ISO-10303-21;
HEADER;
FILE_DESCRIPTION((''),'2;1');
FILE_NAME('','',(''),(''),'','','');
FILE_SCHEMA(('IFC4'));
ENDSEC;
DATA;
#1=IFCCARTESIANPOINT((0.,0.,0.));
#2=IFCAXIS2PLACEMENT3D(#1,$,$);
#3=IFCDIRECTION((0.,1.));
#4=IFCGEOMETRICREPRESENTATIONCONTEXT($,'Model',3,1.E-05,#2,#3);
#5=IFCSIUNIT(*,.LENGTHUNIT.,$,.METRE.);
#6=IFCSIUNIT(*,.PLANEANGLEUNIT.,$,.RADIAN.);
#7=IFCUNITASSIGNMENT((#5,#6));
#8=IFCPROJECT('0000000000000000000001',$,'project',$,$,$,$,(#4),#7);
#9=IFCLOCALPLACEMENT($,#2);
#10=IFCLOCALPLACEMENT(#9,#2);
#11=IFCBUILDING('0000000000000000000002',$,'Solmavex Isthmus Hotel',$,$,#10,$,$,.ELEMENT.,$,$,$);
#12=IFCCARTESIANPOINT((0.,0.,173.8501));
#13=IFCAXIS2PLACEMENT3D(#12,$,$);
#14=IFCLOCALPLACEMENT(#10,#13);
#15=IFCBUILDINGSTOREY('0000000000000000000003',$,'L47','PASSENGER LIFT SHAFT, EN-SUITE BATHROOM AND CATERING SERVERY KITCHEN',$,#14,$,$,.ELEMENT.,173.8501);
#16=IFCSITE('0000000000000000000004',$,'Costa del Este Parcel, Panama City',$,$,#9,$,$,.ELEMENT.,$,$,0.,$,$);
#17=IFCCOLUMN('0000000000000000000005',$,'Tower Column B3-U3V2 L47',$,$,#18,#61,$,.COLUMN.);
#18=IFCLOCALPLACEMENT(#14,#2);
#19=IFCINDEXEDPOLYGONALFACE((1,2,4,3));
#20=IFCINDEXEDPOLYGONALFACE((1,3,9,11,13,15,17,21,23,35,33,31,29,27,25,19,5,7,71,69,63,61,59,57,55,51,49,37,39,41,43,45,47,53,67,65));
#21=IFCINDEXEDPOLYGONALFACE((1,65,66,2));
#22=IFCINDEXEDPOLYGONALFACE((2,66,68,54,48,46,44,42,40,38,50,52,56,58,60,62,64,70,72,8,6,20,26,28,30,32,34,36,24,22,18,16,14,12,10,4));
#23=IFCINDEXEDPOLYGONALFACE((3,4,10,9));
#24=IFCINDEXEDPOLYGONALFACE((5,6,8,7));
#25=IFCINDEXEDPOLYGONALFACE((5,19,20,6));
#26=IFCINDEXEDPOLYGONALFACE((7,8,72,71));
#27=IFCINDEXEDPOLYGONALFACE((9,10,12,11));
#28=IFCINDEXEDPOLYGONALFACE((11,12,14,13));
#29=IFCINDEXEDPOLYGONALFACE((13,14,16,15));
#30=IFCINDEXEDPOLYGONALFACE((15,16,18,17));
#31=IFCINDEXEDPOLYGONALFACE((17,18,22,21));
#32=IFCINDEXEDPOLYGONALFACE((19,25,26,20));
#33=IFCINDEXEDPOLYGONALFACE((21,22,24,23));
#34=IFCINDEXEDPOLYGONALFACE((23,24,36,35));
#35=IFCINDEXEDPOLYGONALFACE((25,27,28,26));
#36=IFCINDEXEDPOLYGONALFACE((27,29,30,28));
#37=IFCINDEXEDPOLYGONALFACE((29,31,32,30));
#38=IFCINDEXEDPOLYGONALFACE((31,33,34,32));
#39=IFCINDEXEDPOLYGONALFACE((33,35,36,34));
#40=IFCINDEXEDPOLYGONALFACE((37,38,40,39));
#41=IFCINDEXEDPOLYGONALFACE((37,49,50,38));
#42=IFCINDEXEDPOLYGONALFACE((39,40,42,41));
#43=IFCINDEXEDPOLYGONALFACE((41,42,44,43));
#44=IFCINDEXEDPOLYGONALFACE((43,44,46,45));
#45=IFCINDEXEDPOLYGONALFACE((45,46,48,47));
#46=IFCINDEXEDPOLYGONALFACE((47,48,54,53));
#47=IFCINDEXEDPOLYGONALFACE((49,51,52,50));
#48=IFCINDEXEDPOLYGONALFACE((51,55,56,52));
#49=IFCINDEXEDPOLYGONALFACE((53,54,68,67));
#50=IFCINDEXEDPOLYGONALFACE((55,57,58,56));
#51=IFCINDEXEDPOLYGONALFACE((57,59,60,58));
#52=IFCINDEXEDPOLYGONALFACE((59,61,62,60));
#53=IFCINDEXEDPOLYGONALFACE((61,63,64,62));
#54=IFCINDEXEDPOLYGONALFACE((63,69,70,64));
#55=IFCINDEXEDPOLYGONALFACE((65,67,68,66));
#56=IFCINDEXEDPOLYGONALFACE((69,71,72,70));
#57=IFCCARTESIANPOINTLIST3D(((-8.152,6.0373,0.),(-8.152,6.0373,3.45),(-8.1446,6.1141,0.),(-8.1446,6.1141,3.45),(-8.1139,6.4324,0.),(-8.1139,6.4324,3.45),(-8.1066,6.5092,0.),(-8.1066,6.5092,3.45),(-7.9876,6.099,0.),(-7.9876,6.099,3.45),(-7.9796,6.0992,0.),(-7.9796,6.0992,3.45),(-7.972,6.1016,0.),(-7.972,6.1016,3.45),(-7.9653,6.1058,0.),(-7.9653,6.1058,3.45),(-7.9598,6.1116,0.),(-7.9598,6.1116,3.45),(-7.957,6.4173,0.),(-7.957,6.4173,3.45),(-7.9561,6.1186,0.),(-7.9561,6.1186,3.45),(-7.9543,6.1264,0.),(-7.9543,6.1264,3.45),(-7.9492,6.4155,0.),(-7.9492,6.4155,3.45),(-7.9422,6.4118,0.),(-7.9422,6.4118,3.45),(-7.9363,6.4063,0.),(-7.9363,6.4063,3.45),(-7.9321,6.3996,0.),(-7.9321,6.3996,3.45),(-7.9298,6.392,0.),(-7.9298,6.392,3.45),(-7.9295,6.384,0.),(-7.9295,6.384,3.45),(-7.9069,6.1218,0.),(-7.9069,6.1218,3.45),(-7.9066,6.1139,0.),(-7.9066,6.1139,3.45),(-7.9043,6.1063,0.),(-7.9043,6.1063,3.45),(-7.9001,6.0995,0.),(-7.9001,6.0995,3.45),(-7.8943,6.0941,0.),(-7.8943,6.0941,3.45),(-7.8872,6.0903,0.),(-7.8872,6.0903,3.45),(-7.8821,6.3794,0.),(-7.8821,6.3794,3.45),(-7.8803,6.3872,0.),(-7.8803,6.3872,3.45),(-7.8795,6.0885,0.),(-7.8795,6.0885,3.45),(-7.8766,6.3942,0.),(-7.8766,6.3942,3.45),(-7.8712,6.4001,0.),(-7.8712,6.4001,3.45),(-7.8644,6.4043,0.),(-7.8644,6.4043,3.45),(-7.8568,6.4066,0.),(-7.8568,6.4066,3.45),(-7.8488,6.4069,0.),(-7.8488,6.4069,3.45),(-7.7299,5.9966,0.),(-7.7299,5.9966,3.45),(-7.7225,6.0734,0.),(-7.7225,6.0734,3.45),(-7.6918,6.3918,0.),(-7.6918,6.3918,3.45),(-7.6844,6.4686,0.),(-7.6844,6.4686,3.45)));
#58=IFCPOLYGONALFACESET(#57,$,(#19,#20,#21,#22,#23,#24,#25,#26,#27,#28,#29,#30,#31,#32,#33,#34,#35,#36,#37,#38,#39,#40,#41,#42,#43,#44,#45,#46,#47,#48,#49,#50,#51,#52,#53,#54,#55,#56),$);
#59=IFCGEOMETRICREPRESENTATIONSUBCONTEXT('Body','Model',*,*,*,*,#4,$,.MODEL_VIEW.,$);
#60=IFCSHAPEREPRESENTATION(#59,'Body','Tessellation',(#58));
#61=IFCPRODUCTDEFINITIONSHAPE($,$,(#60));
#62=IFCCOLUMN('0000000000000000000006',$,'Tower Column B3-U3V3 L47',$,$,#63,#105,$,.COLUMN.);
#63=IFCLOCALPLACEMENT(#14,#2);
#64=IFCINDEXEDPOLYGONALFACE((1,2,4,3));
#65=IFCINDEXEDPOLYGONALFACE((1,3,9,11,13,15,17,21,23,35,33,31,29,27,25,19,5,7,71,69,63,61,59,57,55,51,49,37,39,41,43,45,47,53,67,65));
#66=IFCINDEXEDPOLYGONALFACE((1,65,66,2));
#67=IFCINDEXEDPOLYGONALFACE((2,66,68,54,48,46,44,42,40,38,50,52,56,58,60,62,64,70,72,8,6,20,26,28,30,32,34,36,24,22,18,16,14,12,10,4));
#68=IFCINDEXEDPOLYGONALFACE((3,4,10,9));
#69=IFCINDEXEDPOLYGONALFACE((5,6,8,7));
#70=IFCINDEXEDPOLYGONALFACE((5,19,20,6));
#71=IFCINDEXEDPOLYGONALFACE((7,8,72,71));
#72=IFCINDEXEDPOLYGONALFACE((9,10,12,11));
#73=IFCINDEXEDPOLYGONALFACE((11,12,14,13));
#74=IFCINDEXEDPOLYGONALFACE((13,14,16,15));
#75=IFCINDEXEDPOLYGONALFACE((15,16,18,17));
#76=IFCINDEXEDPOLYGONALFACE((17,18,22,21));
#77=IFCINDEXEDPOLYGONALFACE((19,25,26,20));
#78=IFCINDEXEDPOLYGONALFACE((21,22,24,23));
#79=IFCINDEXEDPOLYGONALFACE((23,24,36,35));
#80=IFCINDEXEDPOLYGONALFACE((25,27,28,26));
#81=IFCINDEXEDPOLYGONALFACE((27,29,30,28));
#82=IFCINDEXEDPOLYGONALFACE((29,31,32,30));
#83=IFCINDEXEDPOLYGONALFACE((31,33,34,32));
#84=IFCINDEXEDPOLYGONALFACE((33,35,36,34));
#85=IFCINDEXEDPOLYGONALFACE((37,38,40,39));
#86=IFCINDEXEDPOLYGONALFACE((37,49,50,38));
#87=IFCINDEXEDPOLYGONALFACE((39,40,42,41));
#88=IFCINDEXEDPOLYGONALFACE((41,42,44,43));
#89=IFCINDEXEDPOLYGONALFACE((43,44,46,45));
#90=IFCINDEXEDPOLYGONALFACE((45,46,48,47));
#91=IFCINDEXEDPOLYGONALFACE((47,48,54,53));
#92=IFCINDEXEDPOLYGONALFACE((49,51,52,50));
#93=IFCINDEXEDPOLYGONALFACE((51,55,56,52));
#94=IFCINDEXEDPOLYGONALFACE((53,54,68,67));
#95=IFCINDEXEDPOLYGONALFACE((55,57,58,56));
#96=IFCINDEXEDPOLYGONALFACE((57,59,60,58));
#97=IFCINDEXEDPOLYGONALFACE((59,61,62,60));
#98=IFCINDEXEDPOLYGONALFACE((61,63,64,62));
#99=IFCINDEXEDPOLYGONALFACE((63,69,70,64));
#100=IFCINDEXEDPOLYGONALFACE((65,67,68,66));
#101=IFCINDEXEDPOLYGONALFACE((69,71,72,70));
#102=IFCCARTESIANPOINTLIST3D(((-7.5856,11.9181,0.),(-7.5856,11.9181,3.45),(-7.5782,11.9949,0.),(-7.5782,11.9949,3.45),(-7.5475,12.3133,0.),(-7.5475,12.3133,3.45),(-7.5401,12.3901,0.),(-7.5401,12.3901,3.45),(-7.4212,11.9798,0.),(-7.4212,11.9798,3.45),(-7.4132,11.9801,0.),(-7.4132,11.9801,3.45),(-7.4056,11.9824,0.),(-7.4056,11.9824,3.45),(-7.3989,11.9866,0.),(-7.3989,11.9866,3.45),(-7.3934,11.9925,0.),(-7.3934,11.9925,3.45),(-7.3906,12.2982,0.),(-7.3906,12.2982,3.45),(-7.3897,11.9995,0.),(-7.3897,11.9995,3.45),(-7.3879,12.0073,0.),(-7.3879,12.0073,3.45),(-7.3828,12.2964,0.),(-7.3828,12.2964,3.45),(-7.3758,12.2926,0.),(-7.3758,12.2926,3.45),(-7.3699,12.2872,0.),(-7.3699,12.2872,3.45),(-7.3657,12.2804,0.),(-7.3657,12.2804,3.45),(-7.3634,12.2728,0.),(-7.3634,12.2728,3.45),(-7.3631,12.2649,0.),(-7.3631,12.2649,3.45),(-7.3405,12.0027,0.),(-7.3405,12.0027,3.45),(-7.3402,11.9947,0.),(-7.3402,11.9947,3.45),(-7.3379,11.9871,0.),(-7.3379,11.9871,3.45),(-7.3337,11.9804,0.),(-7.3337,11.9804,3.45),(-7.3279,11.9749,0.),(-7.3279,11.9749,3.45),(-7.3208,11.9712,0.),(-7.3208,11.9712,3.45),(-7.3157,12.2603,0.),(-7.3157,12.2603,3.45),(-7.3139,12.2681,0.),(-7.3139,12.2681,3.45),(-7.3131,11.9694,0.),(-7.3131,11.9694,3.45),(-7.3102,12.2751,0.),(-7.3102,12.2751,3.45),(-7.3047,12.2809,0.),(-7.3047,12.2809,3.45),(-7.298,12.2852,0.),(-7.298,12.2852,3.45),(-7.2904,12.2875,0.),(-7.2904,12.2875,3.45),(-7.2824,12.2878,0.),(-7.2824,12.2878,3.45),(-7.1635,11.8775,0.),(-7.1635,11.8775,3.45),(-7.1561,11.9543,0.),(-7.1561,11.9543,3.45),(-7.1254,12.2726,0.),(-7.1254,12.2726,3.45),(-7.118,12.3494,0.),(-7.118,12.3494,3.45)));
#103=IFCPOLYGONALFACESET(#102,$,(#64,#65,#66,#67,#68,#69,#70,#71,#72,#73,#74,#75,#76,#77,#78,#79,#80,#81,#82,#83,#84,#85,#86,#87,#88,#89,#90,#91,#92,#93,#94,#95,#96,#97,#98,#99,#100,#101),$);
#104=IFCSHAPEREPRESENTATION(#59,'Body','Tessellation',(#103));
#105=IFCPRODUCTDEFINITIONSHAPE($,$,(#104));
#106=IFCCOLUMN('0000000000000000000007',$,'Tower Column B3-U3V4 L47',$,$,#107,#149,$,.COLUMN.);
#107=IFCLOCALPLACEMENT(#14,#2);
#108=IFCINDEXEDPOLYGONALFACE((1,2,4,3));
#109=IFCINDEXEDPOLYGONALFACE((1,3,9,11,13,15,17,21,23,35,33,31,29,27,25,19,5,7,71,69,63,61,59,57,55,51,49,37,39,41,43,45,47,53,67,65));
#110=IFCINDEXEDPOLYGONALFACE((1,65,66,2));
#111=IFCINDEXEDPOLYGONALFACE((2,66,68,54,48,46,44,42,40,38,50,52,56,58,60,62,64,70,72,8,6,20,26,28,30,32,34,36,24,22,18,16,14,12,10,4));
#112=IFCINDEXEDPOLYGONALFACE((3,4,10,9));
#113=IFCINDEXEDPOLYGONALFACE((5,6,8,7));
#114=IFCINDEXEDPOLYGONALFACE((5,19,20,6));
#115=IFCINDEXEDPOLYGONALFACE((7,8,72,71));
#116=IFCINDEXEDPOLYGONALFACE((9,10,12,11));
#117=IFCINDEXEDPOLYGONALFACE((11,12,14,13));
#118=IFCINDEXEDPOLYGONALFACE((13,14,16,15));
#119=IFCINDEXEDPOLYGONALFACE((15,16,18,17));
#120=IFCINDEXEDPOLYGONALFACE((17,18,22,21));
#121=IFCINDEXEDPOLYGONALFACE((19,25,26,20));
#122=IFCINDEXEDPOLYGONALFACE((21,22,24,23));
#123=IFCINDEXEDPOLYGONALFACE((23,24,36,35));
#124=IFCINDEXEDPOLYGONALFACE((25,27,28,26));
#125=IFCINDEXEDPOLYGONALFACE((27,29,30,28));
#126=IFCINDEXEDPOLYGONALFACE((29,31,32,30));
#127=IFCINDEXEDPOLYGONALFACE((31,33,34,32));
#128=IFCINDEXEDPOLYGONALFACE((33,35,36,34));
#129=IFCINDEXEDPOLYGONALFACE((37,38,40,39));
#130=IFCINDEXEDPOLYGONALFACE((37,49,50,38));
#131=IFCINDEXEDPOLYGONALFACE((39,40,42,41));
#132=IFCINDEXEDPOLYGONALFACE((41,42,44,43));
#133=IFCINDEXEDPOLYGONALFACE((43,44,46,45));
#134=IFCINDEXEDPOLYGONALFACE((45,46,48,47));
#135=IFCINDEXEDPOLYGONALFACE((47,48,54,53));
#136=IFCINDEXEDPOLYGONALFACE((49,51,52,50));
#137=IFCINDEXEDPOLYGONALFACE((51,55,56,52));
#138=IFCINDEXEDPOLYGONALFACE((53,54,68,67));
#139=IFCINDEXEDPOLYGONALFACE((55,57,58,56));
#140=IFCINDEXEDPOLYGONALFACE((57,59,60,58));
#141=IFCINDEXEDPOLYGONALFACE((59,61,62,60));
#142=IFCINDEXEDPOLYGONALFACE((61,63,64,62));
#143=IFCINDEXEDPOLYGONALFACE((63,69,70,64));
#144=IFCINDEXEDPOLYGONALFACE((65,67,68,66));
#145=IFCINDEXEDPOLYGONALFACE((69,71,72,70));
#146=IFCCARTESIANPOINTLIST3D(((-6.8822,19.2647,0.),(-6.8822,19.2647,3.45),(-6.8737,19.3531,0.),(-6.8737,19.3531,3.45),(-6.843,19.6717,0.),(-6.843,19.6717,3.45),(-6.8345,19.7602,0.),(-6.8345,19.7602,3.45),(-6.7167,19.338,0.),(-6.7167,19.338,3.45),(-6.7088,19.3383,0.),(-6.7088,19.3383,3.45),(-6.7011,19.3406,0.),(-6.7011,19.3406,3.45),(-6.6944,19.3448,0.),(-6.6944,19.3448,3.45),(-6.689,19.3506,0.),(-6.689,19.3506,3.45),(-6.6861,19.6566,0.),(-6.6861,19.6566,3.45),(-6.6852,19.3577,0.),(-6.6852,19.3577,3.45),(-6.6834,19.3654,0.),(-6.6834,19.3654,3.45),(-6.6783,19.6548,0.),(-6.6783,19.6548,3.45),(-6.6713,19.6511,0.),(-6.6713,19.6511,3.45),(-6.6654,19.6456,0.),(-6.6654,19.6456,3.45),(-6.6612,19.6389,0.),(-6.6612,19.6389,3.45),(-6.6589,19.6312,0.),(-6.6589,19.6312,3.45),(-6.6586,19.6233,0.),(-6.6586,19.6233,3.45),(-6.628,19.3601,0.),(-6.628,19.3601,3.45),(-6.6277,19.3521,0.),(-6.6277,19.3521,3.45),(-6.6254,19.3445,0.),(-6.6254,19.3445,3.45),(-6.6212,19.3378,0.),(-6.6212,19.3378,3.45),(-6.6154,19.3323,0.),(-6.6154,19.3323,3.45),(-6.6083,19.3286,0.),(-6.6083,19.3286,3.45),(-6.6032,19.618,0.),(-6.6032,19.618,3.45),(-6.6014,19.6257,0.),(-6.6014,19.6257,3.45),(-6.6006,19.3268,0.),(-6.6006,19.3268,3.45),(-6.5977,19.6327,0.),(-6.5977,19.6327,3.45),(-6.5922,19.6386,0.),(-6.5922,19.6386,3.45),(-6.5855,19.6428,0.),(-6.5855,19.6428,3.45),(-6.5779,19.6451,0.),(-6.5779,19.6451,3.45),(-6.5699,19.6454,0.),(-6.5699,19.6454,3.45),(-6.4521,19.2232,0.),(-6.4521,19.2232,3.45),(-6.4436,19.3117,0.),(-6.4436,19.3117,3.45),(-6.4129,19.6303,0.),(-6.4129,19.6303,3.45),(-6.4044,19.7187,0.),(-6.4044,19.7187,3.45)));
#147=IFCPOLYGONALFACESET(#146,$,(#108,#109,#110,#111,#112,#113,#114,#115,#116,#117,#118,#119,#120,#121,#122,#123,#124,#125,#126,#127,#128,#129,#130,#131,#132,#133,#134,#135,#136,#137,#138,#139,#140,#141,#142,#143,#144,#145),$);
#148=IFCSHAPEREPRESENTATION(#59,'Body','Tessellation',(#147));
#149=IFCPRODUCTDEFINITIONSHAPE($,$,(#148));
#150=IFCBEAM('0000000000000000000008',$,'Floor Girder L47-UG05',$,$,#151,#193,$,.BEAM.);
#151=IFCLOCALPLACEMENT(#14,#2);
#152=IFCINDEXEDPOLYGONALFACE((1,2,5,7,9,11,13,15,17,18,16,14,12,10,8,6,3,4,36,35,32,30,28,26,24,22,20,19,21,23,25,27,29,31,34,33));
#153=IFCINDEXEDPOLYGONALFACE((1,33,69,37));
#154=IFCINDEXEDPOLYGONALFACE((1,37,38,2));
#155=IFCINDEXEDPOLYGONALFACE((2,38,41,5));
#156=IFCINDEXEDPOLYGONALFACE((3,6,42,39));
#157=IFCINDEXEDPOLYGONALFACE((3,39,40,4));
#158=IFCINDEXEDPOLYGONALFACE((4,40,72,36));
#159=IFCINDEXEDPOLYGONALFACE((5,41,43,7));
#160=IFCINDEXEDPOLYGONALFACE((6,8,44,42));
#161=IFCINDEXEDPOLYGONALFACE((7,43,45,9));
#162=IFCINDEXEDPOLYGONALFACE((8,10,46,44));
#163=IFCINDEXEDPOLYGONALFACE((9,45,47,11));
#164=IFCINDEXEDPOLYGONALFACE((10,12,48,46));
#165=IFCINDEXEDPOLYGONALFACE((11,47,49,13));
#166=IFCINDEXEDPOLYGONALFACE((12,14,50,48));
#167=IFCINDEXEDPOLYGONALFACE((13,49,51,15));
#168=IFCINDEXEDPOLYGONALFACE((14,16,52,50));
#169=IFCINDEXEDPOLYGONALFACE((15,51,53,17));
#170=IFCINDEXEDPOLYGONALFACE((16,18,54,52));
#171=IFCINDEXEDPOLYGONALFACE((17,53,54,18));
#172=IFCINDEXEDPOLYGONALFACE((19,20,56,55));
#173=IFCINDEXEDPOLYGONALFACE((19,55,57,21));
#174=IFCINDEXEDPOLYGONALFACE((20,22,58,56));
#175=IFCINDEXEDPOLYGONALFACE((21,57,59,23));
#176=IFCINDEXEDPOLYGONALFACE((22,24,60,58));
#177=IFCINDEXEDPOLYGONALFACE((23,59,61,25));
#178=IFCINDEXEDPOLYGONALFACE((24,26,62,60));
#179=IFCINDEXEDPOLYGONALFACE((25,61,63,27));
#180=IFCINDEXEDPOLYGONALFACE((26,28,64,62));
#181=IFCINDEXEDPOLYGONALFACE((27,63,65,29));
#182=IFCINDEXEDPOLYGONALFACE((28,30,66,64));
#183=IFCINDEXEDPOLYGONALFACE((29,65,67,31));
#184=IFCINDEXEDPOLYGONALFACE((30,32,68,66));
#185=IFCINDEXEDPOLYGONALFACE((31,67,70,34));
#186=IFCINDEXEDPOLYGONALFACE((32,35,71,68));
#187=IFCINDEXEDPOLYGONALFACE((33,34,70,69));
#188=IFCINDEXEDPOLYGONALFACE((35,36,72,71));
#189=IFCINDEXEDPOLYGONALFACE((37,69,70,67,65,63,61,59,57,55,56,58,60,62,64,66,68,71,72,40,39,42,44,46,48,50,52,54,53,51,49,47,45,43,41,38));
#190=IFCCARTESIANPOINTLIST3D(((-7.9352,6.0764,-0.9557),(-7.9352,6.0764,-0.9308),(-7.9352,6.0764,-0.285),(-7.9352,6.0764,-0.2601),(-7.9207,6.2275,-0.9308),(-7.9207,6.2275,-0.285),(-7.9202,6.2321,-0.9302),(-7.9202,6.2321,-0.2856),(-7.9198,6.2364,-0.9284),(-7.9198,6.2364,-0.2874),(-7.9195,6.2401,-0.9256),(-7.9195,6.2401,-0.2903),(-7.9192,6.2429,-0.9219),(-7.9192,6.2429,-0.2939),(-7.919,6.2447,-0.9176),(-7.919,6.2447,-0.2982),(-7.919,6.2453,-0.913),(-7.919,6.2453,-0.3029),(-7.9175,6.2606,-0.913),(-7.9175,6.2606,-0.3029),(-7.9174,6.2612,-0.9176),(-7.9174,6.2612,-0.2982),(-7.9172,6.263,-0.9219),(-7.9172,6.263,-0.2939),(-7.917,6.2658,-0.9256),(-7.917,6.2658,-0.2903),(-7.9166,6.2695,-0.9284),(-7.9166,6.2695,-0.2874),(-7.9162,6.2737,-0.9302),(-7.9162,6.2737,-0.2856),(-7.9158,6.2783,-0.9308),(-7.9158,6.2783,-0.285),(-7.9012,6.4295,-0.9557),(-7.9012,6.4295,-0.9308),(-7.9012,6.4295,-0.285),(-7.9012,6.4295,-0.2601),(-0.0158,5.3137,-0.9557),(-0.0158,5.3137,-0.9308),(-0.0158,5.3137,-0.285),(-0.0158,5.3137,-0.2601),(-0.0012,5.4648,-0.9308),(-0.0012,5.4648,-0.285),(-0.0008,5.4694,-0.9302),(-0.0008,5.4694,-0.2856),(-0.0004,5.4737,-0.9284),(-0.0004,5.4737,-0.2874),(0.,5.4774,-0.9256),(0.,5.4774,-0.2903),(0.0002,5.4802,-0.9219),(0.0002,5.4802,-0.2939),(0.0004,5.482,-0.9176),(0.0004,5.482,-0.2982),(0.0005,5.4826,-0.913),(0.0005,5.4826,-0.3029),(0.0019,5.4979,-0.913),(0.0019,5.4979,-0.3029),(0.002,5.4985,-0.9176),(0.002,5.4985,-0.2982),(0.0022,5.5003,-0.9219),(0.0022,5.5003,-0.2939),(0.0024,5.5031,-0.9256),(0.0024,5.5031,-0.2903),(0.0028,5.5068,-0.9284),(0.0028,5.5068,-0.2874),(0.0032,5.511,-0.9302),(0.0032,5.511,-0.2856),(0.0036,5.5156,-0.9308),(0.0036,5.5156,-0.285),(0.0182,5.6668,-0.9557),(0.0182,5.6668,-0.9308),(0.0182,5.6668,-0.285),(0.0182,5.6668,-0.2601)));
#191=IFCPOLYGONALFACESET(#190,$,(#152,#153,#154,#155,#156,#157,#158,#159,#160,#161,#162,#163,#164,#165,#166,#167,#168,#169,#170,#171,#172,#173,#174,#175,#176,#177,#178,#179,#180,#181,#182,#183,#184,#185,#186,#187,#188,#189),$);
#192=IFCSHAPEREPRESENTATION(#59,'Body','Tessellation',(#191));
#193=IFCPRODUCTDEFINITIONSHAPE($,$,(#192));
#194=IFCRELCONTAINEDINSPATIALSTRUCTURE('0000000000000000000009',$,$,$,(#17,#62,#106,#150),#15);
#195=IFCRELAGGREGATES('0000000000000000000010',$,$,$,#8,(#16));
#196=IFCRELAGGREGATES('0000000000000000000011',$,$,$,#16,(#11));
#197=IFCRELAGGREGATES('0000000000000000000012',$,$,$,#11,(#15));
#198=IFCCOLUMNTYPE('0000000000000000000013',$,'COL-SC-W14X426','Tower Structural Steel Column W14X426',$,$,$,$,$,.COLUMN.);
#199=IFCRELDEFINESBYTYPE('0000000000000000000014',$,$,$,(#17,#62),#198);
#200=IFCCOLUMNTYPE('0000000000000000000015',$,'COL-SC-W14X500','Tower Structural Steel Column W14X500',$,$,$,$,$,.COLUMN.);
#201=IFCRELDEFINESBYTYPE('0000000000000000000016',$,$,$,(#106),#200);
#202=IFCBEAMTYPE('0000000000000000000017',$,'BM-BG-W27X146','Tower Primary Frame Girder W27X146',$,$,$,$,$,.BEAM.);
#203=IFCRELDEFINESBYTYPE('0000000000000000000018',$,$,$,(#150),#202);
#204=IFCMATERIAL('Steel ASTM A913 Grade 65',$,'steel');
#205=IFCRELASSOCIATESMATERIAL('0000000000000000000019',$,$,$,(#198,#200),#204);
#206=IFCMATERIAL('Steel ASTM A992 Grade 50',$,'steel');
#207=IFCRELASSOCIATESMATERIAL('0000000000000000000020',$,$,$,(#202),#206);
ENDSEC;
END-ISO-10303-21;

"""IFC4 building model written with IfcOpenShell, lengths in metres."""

from ifc_helpers import new_model, si_unit, direction, frame, origin, origin_2d, place, context, subcontext, project, spatial, i_section, extrude, material, material_profile, profile_set, type_object, element, save


model = new_model("IFC4")

# Units and contexts
model_context = context("Model", 3, precision=1e-05, world=origin(), true_north=direction((0.0, 1.0)))
body_context = subcontext(model_context, "Body", "Model", "MODEL_VIEW")
ifc_project = project(units=[si_unit("LENGTHUNIT", "METRE"), si_unit("PLANEANGLEUNIT", "RADIAN")], contexts=[model_context])

# Site, building, storey
site_placement = place(None, origin())
site = spatial("IfcSite", under=ifc_project, at=site_placement, Name="Costa del Este Parcel, Panama City", CompositionType="ELEMENT", RefElevation=0.0)
building_placement = place(site_placement, origin())
building = spatial("IfcBuilding", under=site, at=building_placement, Name="Solmavex Isthmus Hotel", CompositionType="ELEMENT")
storey_placement = place(building_placement, frame((0.0, 0.0, 173.8501)))
storey = spatial("IfcBuildingStorey", under=building, at=storey_placement, Name="L47", Description="PASSENGER LIFT SHAFT, EN-SUITE BATHROOM AND CATERING SERVERY KITCHEN", CompositionType="ELEMENT", Elevation=173.8501)

# Columns
ifc_material_1 = material(Name="Steel ASTM A913 Grade 65", Category="steel")
ifc_material_profile_1 = material_profile(ifc_material_1, i_section(OverallWidth=0.4241, OverallDepth=0.4741, WebThickness=0.0476, FlangeThickness=0.0771, FilletRadius=0.0305, at=origin_2d()), Name="W14X426")
ifc_profile_set_1 = profile_set([ifc_material_profile_1], Name="Steel ASTM A913 Grade 65")
column_type_1 = type_object("IfcColumnType", Name="COL-SC-W14X426", Description="Tower Structural Steel Column W14X426", PredefinedType="COLUMN", material=ifc_profile_set_1)
for number, where, z_axis, x_axis, name in (
    (1, (-7.9182, 6.2529, 0.0), (0.0, 0.0, 1.0), (0.995396, -0.095846, 0.0), "Tower Column B3-U3V2 L47"),
    (2, (-7.3518, 12.1338, 0.0), (0.0, 0.0, 1.0), (0.995396, -0.095846, 0.0), "Tower Column B3-U3V3 L47"),
):
    element("IfcColumn", number, at=place(storey_placement, frame(where, z_axis=z_axis, x_axis=x_axis)), inside=storey, type_object=column_type_1, Name=name, PredefinedType="COLUMN", context=body_context, shape_type="SweptSolid", body=[
        extrude(i_section(OverallWidth=0.4241, OverallDepth=0.4741, WebThickness=0.0476, FlangeThickness=0.0771, FilletRadius=0.0305, at=origin_2d()), origin(), (0.0, 0.0, 1.0), 3.45),
    ])
ifc_material_profile_2 = material_profile(ifc_material_1, i_section(OverallWidth=0.4321, OverallDepth=0.4978, WebThickness=0.0557, FlangeThickness=0.0889, FilletRadius=0.0305, at=origin_2d()), Name="W14X500")
ifc_profile_set_2 = profile_set([ifc_material_profile_2], Name="Steel ASTM A913 Grade 65")
column_type_2 = type_object("IfcColumnType", Name="COL-SC-W14X500", Description="Tower Structural Steel Column W14X500", PredefinedType="COLUMN", material=ifc_profile_set_2)
column_placement = place(storey_placement, frame((-6.6433, 19.4917, 0.0), z_axis=(0.0, 0.0, 1.0), x_axis=(0.995396, -0.095846, 0.0)))
element("IfcColumn", 3, at=column_placement, inside=storey, type_object=column_type_2, Name="Tower Column B3-U3V4 L47", PredefinedType="COLUMN", context=body_context, shape_type="SweptSolid", body=[
    extrude(i_section(OverallWidth=0.4321, OverallDepth=0.4978, WebThickness=0.0557, FlangeThickness=0.0889, FilletRadius=0.0305, at=origin_2d()), origin(), (0.0, 0.0, 1.0), 3.45),
])

# Beam
ifc_material_2 = material(Name="Steel ASTM A992 Grade 50", Category="steel")
ifc_material_profile_3 = material_profile(ifc_material_2, i_section(OverallWidth=0.3547, OverallDepth=0.6956, WebThickness=0.0154, FlangeThickness=0.0249, FilletRadius=0.0178, at=origin_2d()), Name="W27X146")
ifc_profile_set_3 = profile_set([ifc_material_profile_3], Name="Steel ASTM A992 Grade 50")
beam_type_1 = type_object("IfcBeamType", Name="BM-BG-W27X146", Description="Tower Primary Frame Girder W27X146", PredefinedType="BEAM", material=ifc_profile_set_3)
for number, where, z_axis, x_axis, name in (
    (4, (-7.9182, 6.2529, -0.6079), (0.995395, -0.095863, 0.0), (0.095863, 0.995395, 0.0), "Floor Girder L47-UG05"),
):
    element("IfcBeam", number, at=place(storey_placement, frame(where, z_axis=z_axis, x_axis=x_axis)), inside=storey, type_object=beam_type_1, Name=name, PredefinedType="BEAM", context=body_context, shape_type="SweptSolid", body=[
        extrude(i_section(OverallWidth=0.3547, OverallDepth=0.6956, WebThickness=0.0154, FlangeThickness=0.0249, FilletRadius=0.0178, at=origin_2d()), origin(), (0.0, 0.0, 1.0), 7.9561),
    ])

save(model, "model.ifc")
